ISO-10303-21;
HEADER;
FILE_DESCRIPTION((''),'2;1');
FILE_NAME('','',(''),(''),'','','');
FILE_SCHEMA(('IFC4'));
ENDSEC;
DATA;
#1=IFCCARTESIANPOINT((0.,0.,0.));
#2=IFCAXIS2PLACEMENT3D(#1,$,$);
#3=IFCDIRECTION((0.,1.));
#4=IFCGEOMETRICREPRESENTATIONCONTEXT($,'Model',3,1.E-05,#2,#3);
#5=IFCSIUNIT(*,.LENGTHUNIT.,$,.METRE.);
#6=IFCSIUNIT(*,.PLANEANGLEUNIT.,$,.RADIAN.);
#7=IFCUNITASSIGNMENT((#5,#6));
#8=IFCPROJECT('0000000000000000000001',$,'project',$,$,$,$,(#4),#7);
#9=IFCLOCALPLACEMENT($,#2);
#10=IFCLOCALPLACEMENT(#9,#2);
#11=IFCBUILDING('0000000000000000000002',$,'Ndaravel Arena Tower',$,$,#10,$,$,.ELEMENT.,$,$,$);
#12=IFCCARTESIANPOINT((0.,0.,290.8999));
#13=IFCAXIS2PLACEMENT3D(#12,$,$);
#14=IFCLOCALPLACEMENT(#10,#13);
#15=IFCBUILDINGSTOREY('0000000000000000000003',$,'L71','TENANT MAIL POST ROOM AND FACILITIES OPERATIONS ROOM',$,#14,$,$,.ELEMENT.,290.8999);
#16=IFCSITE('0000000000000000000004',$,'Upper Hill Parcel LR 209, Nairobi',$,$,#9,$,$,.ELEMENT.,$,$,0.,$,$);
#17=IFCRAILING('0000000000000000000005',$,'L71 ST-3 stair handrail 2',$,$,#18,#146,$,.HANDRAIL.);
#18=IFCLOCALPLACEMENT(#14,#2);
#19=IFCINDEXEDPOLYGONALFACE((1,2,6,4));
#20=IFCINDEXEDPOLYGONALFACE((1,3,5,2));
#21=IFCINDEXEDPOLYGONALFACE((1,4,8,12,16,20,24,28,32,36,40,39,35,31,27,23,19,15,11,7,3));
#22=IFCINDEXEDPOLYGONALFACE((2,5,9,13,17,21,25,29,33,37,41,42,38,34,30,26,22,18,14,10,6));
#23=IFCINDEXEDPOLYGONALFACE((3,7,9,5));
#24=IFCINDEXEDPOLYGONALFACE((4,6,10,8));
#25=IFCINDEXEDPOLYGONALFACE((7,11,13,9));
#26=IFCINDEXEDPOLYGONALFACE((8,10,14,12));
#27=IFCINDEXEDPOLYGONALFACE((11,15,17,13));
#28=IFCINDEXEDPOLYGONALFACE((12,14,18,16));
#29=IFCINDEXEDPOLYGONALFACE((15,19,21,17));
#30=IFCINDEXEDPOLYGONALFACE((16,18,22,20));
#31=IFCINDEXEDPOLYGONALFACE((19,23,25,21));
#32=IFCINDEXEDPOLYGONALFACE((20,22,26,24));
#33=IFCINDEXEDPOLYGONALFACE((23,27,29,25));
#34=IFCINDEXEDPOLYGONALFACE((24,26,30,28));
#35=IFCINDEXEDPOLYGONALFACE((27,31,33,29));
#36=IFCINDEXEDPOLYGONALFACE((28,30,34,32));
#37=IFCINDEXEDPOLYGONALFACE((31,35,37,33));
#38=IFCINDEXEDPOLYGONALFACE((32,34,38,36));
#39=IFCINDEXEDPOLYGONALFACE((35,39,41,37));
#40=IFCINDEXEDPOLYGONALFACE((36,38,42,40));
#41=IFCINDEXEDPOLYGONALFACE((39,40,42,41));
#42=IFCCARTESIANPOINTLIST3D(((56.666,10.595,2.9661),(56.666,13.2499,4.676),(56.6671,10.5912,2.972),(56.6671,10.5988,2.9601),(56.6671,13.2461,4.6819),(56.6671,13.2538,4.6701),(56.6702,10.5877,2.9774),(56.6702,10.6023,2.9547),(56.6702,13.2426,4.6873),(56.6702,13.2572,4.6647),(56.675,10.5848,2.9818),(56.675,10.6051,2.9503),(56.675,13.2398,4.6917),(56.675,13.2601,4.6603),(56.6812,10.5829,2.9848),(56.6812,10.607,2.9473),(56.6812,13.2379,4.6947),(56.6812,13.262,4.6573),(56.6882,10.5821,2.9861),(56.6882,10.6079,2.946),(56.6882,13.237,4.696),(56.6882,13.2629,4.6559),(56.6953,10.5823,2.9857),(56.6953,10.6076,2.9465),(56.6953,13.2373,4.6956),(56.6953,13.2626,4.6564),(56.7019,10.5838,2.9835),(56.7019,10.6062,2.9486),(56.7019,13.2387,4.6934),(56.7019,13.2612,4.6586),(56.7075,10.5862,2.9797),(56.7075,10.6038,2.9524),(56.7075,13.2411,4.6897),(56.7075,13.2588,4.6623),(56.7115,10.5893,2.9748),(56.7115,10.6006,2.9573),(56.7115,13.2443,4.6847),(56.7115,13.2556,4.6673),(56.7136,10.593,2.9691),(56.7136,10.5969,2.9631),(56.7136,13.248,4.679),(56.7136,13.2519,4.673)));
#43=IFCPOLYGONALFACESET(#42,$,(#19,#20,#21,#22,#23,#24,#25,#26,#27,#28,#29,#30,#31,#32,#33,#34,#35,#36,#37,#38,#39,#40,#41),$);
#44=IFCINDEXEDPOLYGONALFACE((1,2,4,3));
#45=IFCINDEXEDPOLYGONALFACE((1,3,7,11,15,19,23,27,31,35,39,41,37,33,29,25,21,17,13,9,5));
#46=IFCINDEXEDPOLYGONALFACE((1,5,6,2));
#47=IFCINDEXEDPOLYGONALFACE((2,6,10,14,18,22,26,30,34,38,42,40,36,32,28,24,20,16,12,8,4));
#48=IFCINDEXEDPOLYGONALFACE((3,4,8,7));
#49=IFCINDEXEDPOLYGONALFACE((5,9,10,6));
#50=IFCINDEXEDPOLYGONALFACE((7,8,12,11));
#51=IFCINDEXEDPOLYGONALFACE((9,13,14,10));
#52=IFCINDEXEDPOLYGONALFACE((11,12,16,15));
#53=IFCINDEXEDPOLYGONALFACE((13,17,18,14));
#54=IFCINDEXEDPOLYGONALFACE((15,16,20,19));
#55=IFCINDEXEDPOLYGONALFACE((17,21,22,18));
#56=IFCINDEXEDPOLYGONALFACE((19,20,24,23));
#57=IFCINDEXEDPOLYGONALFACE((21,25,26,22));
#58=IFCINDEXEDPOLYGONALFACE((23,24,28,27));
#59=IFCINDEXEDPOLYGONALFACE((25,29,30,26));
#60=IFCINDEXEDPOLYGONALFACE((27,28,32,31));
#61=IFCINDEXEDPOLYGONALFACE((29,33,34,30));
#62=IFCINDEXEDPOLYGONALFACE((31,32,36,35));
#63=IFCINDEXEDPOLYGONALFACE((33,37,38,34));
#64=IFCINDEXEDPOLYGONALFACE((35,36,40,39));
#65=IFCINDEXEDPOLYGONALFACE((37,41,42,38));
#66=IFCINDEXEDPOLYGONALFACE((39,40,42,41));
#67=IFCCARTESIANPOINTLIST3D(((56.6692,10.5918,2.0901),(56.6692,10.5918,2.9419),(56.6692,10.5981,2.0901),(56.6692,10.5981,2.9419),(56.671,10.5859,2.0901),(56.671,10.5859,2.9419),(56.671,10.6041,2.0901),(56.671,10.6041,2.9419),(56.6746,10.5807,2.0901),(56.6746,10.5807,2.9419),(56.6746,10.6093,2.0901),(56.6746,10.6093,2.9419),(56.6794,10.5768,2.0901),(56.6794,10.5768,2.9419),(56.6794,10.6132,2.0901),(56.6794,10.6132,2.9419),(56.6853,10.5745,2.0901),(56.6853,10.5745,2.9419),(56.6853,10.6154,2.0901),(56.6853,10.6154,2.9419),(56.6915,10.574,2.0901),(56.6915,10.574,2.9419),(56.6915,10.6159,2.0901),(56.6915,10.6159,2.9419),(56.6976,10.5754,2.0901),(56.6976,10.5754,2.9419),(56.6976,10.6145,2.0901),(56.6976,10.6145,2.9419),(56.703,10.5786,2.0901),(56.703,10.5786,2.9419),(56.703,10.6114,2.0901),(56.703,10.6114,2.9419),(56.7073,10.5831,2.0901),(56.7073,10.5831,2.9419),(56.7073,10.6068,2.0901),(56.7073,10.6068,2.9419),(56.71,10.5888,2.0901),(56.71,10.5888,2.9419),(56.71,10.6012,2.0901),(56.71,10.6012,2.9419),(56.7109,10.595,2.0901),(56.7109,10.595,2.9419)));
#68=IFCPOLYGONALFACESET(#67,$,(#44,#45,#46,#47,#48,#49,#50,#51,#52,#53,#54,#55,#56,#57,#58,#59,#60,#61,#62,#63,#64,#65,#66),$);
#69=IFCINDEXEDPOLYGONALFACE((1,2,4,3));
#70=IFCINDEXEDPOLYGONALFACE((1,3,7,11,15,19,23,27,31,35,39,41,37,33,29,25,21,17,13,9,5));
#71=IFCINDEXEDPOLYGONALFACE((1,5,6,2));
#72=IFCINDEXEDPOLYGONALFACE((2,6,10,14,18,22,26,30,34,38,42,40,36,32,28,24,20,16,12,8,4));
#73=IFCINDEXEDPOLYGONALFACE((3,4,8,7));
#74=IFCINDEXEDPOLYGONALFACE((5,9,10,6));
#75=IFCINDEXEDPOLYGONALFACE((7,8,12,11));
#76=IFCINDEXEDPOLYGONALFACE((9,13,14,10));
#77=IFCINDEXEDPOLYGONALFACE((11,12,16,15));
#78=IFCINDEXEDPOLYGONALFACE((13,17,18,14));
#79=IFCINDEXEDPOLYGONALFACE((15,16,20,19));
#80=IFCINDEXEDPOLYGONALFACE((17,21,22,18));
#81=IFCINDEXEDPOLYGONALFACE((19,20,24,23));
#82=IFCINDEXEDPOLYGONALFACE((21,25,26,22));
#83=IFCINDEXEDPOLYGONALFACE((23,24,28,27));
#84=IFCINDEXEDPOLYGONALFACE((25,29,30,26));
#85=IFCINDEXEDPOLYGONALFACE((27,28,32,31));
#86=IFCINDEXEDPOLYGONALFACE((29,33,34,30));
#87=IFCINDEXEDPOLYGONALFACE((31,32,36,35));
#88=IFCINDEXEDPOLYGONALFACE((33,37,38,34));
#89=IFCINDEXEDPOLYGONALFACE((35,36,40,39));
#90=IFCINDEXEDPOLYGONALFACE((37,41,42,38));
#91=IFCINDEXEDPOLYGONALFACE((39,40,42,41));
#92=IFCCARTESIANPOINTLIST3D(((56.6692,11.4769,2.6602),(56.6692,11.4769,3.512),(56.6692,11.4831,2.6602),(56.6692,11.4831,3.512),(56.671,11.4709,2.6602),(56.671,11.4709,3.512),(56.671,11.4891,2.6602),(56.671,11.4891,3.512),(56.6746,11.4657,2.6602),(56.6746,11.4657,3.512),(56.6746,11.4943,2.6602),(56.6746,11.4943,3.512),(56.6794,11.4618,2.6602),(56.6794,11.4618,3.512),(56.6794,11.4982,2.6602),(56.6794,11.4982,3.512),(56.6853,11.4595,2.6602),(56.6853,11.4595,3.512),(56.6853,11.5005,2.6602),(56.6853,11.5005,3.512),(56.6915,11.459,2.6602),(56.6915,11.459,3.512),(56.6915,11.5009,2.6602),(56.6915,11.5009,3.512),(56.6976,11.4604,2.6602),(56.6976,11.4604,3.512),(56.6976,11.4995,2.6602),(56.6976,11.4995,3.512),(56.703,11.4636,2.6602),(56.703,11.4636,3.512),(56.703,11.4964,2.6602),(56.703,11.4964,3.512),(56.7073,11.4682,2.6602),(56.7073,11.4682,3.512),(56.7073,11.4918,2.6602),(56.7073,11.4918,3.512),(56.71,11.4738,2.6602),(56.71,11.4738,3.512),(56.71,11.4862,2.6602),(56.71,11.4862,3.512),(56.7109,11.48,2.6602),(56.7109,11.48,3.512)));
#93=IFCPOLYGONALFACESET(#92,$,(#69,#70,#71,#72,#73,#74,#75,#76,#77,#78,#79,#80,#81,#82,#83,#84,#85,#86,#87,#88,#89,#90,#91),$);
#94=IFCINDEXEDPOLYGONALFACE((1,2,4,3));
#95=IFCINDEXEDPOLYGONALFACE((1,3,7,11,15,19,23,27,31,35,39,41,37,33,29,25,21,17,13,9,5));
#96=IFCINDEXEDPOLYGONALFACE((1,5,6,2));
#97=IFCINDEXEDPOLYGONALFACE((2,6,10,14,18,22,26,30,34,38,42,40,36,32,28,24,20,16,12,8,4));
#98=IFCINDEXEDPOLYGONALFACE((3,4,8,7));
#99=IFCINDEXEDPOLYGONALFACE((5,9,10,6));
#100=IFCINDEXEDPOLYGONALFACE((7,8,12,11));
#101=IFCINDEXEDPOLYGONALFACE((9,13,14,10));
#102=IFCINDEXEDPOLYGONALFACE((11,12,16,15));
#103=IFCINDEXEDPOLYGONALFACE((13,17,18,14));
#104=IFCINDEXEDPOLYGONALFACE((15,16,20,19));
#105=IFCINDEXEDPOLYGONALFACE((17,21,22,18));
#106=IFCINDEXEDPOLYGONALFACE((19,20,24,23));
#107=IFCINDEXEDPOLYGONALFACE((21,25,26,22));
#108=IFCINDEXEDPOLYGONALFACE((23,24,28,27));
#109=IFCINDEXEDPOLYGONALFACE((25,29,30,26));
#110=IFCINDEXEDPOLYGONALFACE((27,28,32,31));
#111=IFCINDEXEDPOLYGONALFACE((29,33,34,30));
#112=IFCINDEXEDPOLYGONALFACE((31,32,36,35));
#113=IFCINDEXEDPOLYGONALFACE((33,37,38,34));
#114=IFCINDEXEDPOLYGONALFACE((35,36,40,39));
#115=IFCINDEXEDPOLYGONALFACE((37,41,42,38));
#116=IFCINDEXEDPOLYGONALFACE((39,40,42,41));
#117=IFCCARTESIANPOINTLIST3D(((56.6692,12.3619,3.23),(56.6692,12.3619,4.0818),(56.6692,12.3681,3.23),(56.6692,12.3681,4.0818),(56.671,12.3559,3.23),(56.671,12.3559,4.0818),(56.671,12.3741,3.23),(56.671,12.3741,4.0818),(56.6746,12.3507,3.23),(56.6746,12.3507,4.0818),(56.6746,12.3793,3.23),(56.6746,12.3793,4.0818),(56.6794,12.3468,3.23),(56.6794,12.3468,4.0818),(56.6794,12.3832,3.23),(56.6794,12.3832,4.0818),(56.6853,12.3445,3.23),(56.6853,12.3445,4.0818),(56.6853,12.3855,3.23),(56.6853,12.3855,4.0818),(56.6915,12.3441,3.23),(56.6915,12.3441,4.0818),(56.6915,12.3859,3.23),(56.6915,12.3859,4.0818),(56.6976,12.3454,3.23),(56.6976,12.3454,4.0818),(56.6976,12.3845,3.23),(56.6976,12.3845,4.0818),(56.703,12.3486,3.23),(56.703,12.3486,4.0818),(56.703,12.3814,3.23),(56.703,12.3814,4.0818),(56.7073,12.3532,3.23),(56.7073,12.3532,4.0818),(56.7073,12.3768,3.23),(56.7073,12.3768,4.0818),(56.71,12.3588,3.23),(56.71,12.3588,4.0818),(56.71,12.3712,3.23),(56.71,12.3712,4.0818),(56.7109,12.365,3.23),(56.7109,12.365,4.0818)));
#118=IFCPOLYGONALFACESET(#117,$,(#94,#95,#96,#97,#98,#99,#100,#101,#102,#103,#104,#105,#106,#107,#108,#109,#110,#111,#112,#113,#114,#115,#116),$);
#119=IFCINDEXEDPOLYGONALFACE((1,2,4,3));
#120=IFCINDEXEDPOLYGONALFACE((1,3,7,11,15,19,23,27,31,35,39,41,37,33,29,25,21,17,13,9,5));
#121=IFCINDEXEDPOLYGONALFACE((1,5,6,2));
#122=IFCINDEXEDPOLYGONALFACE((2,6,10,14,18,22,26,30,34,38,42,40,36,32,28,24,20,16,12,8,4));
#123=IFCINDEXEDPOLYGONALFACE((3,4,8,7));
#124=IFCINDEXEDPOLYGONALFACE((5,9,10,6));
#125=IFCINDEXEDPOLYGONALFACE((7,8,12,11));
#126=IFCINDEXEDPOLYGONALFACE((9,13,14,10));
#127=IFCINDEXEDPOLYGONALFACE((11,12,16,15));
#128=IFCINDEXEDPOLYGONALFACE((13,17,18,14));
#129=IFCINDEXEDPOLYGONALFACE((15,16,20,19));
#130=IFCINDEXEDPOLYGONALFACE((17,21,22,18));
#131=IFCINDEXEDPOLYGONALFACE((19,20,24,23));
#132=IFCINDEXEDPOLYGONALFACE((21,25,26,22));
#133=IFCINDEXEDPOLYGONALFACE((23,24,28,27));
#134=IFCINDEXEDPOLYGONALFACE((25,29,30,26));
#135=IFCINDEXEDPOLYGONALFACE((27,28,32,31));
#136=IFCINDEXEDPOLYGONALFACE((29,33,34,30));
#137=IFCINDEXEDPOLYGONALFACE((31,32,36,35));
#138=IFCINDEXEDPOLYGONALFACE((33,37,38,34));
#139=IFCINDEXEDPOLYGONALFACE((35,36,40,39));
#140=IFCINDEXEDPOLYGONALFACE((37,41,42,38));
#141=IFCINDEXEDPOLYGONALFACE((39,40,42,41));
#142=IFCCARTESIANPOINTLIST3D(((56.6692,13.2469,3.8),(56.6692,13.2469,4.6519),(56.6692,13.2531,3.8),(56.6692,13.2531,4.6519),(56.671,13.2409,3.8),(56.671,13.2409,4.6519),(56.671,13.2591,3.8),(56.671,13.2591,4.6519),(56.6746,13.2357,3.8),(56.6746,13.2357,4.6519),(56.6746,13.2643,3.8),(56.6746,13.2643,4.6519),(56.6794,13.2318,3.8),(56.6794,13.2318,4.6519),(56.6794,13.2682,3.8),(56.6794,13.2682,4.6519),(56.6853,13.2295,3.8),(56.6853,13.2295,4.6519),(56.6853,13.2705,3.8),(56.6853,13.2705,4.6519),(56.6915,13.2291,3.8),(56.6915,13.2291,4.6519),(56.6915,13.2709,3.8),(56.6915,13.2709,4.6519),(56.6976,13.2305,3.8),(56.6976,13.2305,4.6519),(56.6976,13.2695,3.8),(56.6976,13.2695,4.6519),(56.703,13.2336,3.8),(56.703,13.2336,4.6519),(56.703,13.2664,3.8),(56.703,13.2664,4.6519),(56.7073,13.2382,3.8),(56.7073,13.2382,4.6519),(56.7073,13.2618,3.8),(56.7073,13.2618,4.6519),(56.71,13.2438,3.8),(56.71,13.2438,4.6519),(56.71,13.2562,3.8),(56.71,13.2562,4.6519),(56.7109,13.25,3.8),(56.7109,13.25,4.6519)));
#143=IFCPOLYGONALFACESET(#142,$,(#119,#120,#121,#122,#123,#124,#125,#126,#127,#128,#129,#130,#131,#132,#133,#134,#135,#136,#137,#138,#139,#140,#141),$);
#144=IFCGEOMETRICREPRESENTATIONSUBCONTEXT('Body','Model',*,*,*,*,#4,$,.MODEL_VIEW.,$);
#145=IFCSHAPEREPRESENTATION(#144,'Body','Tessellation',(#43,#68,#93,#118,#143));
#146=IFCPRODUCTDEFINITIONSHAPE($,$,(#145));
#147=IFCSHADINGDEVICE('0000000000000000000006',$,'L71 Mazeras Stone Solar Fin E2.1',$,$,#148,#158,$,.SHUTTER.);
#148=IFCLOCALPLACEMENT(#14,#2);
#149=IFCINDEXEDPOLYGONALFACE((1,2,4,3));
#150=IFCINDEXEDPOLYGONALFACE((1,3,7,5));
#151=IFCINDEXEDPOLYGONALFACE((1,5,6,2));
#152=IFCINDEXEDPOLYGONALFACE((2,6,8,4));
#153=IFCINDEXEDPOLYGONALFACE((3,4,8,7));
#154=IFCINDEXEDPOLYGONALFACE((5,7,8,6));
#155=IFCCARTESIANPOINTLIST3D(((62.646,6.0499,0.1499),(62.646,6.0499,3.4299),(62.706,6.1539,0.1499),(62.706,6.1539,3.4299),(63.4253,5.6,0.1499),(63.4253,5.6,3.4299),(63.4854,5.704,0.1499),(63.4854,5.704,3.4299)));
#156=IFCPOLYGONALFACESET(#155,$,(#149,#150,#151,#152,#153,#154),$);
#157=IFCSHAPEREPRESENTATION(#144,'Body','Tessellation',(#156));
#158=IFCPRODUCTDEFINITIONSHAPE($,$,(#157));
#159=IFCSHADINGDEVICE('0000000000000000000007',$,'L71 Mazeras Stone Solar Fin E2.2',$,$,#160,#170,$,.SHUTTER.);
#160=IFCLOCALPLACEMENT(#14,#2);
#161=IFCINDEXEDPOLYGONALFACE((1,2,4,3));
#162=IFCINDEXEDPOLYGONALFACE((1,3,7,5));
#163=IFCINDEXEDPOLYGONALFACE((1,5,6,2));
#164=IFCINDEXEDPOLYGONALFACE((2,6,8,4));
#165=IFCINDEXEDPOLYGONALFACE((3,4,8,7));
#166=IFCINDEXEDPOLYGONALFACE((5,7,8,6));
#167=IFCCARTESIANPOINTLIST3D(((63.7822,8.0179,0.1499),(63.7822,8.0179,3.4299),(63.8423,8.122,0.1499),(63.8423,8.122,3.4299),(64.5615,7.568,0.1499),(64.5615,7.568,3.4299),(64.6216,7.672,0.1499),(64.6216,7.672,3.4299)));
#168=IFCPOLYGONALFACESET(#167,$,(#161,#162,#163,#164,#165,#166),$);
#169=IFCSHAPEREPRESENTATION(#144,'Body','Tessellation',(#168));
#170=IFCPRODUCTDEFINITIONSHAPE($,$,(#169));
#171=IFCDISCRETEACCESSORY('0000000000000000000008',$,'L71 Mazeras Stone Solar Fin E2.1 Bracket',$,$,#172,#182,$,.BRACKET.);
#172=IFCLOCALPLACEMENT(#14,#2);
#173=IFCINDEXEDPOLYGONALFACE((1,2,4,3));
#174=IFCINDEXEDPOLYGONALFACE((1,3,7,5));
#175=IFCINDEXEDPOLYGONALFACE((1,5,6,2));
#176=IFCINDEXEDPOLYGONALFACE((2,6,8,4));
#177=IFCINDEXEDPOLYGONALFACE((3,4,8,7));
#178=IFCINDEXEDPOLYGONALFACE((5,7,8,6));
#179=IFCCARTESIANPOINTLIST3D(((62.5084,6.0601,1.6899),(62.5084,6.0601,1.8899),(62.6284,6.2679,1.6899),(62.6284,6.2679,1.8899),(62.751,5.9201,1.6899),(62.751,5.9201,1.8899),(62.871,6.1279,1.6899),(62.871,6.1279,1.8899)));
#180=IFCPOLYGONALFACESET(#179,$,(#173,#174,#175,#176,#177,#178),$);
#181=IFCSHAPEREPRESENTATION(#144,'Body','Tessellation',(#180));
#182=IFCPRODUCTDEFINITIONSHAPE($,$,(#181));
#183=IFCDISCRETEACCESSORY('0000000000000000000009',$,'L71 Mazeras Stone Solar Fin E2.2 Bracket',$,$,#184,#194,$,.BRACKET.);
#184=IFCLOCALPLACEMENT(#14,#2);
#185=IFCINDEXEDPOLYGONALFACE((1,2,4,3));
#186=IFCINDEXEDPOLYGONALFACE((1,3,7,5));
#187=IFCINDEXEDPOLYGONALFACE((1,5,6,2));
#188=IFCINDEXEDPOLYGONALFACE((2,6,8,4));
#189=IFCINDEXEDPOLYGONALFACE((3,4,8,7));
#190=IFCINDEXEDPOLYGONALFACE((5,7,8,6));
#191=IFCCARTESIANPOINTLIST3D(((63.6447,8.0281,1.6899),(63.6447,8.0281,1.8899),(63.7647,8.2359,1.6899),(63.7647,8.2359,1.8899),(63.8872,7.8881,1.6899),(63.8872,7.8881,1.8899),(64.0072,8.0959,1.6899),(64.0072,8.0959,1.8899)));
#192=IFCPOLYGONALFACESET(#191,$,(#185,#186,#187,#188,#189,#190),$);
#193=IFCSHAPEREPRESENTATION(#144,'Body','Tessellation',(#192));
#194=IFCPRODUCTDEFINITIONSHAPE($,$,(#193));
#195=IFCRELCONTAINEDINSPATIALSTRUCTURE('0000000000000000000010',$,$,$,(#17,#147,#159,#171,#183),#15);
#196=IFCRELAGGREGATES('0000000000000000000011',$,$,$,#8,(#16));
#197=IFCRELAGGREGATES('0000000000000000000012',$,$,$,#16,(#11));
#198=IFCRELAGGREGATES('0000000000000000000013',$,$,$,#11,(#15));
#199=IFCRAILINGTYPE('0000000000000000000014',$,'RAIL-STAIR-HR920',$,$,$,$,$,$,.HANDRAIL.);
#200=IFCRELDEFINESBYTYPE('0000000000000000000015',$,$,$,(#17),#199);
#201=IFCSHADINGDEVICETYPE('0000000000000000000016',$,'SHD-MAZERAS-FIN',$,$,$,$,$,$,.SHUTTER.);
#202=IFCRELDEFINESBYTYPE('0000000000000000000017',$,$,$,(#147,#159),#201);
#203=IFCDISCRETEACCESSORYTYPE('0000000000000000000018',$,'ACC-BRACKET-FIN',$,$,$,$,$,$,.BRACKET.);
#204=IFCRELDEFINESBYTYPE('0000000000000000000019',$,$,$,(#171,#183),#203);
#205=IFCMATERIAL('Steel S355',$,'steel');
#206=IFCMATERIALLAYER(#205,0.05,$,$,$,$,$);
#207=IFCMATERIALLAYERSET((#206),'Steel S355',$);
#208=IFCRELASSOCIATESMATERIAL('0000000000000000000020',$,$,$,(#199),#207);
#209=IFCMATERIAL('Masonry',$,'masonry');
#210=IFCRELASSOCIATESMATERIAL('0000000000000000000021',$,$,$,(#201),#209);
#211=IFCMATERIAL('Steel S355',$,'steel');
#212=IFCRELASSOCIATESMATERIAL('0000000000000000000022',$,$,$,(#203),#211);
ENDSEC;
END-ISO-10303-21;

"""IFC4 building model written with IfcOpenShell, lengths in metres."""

from ifc_helpers import new_model, si_unit, direction, frame, origin, origin_2d, place, context, subcontext, project, spatial, rectangle, circle, extrude, material, layer, layer_set, type_object, element, save


model = new_model("IFC4")

# Units and contexts
model_context = context("Model", 3, precision=1e-05, world=origin(), true_north=direction((0.0, 1.0)))
body_context = subcontext(model_context, "Body", "Model", "MODEL_VIEW")
ifc_project = project(units=[si_unit("LENGTHUNIT", "METRE"), si_unit("PLANEANGLEUNIT", "RADIAN")], contexts=[model_context])

# Site, building, storey
site_placement = place(None, origin())
site = spatial("IfcSite", under=ifc_project, at=site_placement, Name="Upper Hill Parcel LR 209, Nairobi", CompositionType="ELEMENT", RefElevation=0.0)
building_placement = place(site_placement, origin())
building = spatial("IfcBuilding", under=site, at=building_placement, Name="Ndaravel Arena Tower", CompositionType="ELEMENT")
storey_placement = place(building_placement, frame((0.0, 0.0, 290.8999)))
storey = spatial("IfcBuildingStorey", under=building, at=storey_placement, Name="L71", Description="TENANT MAIL POST ROOM AND FACILITIES OPERATIONS ROOM", CompositionType="ELEMENT", Elevation=290.8999)

# Railing
ifc_material_1 = material(Name="Steel S355", Category="steel")
ifc_layer_1 = layer(ifc_material_1, 0.05)
ifc_layer_set_1 = layer_set([ifc_layer_1], Name="Steel S355")
railing_type_1 = type_object("IfcRailingType", Name="RAIL-STAIR-HR920", PredefinedType="HANDRAIL", material=ifc_layer_set_1)
railing_1_placement = place(storey_placement, frame((56.6899, 10.595, 2.0901)))
element("IfcRailing", 1, at=railing_1_placement, inside=storey, type_object=railing_type_1, Name="L71 ST-3 stair handrail 2", PredefinedType="HANDRAIL", context=body_context, shape_type="SweptSolid", body=[
    extrude(circle(Radius=0.0239, at=origin_2d()), frame((0.0, 0.0, 0.876), z_axis=(0.0, 0.840724, 0.541465), x_axis=(-1.0, 0.0, 0.0)), (0.0, 0.0, 1.0), 3.158),
    extrude(circle(Radius=0.021, at=origin_2d()), origin(), (0.0, 0.0, 1.0), 0.8518),
    extrude(circle(Radius=0.021, at=origin_2d()), frame((0.0, 0.885, 0.5701)), (0.0, 0.0, 1.0), 0.8518),
    extrude(circle(Radius=0.021, at=origin_2d()), frame((0.0, 1.77, 1.1399)), (0.0, 0.0, 1.0), 0.8518),
    extrude(circle(Radius=0.021, at=origin_2d()), frame((0.0, 2.655, 1.71)), (0.0, 0.0, 1.0), 0.8518),
])

# Shading devices
ifc_material_2 = material(Name="Masonry", Category="masonry")
shading_device_type = type_object("IfcShadingDeviceType", Name="SHD-MAZERAS-FIN", PredefinedType="SHUTTER", material=ifc_material_2)
for number, where, z_axis, x_axis, name in (
    (2, (63.0657, 5.877, 0.1499), (0.0, 0.0, 1.0), (0.866025, -0.5, 0.0), "L71 Mazeras Stone Solar Fin E2.1"),
    (3, (64.2019, 7.845, 0.1499), (0.0, 0.0, 1.0), (0.866025, -0.5, 0.0), "L71 Mazeras Stone Solar Fin E2.2"),
):
    element("IfcShadingDevice", number, at=place(storey_placement, frame(where, z_axis=z_axis, x_axis=x_axis)), inside=storey, type_object=shading_device_type, Name=name, PredefinedType="SHUTTER", context=body_context, shape_type="SweptSolid", body=[
        extrude(rectangle(XDim=0.8999, YDim=0.1201, at=origin_2d()), origin(), (0.0, 0.0, 1.0), 3.28),
    ])

# Discrete accessories
ifc_material_3 = material(Name="Steel S355", Category="steel")
discrete_accessory_type = type_object("IfcDiscreteAccessoryType", Name="ACC-BRACKET-FIN", PredefinedType="BRACKET", material=ifc_material_3)
for number, where, z_axis, x_axis, name in (
    (4, (62.6897, 6.094, 1.6899), (0.0, 0.0, 1.0), (0.866025, -0.5, 0.0), "L71 Mazeras Stone Solar Fin E2.1 Bracket"),
    (5, (63.8259, 8.062, 1.6899), (0.0, 0.0, 1.0), (0.866025, -0.5, 0.0), "L71 Mazeras Stone Solar Fin E2.2 Bracket"),
):
    element("IfcDiscreteAccessory", number, at=place(storey_placement, frame(where, z_axis=z_axis, x_axis=x_axis)), inside=storey, type_object=discrete_accessory_type, Name=name, PredefinedType="BRACKET", context=body_context, shape_type="SweptSolid", body=[
        extrude(rectangle(XDim=0.28, YDim=0.24, at=origin_2d()), origin(), (0.0, 0.0, 1.0), 0.2),
    ])

save(model, "model.ifc")
